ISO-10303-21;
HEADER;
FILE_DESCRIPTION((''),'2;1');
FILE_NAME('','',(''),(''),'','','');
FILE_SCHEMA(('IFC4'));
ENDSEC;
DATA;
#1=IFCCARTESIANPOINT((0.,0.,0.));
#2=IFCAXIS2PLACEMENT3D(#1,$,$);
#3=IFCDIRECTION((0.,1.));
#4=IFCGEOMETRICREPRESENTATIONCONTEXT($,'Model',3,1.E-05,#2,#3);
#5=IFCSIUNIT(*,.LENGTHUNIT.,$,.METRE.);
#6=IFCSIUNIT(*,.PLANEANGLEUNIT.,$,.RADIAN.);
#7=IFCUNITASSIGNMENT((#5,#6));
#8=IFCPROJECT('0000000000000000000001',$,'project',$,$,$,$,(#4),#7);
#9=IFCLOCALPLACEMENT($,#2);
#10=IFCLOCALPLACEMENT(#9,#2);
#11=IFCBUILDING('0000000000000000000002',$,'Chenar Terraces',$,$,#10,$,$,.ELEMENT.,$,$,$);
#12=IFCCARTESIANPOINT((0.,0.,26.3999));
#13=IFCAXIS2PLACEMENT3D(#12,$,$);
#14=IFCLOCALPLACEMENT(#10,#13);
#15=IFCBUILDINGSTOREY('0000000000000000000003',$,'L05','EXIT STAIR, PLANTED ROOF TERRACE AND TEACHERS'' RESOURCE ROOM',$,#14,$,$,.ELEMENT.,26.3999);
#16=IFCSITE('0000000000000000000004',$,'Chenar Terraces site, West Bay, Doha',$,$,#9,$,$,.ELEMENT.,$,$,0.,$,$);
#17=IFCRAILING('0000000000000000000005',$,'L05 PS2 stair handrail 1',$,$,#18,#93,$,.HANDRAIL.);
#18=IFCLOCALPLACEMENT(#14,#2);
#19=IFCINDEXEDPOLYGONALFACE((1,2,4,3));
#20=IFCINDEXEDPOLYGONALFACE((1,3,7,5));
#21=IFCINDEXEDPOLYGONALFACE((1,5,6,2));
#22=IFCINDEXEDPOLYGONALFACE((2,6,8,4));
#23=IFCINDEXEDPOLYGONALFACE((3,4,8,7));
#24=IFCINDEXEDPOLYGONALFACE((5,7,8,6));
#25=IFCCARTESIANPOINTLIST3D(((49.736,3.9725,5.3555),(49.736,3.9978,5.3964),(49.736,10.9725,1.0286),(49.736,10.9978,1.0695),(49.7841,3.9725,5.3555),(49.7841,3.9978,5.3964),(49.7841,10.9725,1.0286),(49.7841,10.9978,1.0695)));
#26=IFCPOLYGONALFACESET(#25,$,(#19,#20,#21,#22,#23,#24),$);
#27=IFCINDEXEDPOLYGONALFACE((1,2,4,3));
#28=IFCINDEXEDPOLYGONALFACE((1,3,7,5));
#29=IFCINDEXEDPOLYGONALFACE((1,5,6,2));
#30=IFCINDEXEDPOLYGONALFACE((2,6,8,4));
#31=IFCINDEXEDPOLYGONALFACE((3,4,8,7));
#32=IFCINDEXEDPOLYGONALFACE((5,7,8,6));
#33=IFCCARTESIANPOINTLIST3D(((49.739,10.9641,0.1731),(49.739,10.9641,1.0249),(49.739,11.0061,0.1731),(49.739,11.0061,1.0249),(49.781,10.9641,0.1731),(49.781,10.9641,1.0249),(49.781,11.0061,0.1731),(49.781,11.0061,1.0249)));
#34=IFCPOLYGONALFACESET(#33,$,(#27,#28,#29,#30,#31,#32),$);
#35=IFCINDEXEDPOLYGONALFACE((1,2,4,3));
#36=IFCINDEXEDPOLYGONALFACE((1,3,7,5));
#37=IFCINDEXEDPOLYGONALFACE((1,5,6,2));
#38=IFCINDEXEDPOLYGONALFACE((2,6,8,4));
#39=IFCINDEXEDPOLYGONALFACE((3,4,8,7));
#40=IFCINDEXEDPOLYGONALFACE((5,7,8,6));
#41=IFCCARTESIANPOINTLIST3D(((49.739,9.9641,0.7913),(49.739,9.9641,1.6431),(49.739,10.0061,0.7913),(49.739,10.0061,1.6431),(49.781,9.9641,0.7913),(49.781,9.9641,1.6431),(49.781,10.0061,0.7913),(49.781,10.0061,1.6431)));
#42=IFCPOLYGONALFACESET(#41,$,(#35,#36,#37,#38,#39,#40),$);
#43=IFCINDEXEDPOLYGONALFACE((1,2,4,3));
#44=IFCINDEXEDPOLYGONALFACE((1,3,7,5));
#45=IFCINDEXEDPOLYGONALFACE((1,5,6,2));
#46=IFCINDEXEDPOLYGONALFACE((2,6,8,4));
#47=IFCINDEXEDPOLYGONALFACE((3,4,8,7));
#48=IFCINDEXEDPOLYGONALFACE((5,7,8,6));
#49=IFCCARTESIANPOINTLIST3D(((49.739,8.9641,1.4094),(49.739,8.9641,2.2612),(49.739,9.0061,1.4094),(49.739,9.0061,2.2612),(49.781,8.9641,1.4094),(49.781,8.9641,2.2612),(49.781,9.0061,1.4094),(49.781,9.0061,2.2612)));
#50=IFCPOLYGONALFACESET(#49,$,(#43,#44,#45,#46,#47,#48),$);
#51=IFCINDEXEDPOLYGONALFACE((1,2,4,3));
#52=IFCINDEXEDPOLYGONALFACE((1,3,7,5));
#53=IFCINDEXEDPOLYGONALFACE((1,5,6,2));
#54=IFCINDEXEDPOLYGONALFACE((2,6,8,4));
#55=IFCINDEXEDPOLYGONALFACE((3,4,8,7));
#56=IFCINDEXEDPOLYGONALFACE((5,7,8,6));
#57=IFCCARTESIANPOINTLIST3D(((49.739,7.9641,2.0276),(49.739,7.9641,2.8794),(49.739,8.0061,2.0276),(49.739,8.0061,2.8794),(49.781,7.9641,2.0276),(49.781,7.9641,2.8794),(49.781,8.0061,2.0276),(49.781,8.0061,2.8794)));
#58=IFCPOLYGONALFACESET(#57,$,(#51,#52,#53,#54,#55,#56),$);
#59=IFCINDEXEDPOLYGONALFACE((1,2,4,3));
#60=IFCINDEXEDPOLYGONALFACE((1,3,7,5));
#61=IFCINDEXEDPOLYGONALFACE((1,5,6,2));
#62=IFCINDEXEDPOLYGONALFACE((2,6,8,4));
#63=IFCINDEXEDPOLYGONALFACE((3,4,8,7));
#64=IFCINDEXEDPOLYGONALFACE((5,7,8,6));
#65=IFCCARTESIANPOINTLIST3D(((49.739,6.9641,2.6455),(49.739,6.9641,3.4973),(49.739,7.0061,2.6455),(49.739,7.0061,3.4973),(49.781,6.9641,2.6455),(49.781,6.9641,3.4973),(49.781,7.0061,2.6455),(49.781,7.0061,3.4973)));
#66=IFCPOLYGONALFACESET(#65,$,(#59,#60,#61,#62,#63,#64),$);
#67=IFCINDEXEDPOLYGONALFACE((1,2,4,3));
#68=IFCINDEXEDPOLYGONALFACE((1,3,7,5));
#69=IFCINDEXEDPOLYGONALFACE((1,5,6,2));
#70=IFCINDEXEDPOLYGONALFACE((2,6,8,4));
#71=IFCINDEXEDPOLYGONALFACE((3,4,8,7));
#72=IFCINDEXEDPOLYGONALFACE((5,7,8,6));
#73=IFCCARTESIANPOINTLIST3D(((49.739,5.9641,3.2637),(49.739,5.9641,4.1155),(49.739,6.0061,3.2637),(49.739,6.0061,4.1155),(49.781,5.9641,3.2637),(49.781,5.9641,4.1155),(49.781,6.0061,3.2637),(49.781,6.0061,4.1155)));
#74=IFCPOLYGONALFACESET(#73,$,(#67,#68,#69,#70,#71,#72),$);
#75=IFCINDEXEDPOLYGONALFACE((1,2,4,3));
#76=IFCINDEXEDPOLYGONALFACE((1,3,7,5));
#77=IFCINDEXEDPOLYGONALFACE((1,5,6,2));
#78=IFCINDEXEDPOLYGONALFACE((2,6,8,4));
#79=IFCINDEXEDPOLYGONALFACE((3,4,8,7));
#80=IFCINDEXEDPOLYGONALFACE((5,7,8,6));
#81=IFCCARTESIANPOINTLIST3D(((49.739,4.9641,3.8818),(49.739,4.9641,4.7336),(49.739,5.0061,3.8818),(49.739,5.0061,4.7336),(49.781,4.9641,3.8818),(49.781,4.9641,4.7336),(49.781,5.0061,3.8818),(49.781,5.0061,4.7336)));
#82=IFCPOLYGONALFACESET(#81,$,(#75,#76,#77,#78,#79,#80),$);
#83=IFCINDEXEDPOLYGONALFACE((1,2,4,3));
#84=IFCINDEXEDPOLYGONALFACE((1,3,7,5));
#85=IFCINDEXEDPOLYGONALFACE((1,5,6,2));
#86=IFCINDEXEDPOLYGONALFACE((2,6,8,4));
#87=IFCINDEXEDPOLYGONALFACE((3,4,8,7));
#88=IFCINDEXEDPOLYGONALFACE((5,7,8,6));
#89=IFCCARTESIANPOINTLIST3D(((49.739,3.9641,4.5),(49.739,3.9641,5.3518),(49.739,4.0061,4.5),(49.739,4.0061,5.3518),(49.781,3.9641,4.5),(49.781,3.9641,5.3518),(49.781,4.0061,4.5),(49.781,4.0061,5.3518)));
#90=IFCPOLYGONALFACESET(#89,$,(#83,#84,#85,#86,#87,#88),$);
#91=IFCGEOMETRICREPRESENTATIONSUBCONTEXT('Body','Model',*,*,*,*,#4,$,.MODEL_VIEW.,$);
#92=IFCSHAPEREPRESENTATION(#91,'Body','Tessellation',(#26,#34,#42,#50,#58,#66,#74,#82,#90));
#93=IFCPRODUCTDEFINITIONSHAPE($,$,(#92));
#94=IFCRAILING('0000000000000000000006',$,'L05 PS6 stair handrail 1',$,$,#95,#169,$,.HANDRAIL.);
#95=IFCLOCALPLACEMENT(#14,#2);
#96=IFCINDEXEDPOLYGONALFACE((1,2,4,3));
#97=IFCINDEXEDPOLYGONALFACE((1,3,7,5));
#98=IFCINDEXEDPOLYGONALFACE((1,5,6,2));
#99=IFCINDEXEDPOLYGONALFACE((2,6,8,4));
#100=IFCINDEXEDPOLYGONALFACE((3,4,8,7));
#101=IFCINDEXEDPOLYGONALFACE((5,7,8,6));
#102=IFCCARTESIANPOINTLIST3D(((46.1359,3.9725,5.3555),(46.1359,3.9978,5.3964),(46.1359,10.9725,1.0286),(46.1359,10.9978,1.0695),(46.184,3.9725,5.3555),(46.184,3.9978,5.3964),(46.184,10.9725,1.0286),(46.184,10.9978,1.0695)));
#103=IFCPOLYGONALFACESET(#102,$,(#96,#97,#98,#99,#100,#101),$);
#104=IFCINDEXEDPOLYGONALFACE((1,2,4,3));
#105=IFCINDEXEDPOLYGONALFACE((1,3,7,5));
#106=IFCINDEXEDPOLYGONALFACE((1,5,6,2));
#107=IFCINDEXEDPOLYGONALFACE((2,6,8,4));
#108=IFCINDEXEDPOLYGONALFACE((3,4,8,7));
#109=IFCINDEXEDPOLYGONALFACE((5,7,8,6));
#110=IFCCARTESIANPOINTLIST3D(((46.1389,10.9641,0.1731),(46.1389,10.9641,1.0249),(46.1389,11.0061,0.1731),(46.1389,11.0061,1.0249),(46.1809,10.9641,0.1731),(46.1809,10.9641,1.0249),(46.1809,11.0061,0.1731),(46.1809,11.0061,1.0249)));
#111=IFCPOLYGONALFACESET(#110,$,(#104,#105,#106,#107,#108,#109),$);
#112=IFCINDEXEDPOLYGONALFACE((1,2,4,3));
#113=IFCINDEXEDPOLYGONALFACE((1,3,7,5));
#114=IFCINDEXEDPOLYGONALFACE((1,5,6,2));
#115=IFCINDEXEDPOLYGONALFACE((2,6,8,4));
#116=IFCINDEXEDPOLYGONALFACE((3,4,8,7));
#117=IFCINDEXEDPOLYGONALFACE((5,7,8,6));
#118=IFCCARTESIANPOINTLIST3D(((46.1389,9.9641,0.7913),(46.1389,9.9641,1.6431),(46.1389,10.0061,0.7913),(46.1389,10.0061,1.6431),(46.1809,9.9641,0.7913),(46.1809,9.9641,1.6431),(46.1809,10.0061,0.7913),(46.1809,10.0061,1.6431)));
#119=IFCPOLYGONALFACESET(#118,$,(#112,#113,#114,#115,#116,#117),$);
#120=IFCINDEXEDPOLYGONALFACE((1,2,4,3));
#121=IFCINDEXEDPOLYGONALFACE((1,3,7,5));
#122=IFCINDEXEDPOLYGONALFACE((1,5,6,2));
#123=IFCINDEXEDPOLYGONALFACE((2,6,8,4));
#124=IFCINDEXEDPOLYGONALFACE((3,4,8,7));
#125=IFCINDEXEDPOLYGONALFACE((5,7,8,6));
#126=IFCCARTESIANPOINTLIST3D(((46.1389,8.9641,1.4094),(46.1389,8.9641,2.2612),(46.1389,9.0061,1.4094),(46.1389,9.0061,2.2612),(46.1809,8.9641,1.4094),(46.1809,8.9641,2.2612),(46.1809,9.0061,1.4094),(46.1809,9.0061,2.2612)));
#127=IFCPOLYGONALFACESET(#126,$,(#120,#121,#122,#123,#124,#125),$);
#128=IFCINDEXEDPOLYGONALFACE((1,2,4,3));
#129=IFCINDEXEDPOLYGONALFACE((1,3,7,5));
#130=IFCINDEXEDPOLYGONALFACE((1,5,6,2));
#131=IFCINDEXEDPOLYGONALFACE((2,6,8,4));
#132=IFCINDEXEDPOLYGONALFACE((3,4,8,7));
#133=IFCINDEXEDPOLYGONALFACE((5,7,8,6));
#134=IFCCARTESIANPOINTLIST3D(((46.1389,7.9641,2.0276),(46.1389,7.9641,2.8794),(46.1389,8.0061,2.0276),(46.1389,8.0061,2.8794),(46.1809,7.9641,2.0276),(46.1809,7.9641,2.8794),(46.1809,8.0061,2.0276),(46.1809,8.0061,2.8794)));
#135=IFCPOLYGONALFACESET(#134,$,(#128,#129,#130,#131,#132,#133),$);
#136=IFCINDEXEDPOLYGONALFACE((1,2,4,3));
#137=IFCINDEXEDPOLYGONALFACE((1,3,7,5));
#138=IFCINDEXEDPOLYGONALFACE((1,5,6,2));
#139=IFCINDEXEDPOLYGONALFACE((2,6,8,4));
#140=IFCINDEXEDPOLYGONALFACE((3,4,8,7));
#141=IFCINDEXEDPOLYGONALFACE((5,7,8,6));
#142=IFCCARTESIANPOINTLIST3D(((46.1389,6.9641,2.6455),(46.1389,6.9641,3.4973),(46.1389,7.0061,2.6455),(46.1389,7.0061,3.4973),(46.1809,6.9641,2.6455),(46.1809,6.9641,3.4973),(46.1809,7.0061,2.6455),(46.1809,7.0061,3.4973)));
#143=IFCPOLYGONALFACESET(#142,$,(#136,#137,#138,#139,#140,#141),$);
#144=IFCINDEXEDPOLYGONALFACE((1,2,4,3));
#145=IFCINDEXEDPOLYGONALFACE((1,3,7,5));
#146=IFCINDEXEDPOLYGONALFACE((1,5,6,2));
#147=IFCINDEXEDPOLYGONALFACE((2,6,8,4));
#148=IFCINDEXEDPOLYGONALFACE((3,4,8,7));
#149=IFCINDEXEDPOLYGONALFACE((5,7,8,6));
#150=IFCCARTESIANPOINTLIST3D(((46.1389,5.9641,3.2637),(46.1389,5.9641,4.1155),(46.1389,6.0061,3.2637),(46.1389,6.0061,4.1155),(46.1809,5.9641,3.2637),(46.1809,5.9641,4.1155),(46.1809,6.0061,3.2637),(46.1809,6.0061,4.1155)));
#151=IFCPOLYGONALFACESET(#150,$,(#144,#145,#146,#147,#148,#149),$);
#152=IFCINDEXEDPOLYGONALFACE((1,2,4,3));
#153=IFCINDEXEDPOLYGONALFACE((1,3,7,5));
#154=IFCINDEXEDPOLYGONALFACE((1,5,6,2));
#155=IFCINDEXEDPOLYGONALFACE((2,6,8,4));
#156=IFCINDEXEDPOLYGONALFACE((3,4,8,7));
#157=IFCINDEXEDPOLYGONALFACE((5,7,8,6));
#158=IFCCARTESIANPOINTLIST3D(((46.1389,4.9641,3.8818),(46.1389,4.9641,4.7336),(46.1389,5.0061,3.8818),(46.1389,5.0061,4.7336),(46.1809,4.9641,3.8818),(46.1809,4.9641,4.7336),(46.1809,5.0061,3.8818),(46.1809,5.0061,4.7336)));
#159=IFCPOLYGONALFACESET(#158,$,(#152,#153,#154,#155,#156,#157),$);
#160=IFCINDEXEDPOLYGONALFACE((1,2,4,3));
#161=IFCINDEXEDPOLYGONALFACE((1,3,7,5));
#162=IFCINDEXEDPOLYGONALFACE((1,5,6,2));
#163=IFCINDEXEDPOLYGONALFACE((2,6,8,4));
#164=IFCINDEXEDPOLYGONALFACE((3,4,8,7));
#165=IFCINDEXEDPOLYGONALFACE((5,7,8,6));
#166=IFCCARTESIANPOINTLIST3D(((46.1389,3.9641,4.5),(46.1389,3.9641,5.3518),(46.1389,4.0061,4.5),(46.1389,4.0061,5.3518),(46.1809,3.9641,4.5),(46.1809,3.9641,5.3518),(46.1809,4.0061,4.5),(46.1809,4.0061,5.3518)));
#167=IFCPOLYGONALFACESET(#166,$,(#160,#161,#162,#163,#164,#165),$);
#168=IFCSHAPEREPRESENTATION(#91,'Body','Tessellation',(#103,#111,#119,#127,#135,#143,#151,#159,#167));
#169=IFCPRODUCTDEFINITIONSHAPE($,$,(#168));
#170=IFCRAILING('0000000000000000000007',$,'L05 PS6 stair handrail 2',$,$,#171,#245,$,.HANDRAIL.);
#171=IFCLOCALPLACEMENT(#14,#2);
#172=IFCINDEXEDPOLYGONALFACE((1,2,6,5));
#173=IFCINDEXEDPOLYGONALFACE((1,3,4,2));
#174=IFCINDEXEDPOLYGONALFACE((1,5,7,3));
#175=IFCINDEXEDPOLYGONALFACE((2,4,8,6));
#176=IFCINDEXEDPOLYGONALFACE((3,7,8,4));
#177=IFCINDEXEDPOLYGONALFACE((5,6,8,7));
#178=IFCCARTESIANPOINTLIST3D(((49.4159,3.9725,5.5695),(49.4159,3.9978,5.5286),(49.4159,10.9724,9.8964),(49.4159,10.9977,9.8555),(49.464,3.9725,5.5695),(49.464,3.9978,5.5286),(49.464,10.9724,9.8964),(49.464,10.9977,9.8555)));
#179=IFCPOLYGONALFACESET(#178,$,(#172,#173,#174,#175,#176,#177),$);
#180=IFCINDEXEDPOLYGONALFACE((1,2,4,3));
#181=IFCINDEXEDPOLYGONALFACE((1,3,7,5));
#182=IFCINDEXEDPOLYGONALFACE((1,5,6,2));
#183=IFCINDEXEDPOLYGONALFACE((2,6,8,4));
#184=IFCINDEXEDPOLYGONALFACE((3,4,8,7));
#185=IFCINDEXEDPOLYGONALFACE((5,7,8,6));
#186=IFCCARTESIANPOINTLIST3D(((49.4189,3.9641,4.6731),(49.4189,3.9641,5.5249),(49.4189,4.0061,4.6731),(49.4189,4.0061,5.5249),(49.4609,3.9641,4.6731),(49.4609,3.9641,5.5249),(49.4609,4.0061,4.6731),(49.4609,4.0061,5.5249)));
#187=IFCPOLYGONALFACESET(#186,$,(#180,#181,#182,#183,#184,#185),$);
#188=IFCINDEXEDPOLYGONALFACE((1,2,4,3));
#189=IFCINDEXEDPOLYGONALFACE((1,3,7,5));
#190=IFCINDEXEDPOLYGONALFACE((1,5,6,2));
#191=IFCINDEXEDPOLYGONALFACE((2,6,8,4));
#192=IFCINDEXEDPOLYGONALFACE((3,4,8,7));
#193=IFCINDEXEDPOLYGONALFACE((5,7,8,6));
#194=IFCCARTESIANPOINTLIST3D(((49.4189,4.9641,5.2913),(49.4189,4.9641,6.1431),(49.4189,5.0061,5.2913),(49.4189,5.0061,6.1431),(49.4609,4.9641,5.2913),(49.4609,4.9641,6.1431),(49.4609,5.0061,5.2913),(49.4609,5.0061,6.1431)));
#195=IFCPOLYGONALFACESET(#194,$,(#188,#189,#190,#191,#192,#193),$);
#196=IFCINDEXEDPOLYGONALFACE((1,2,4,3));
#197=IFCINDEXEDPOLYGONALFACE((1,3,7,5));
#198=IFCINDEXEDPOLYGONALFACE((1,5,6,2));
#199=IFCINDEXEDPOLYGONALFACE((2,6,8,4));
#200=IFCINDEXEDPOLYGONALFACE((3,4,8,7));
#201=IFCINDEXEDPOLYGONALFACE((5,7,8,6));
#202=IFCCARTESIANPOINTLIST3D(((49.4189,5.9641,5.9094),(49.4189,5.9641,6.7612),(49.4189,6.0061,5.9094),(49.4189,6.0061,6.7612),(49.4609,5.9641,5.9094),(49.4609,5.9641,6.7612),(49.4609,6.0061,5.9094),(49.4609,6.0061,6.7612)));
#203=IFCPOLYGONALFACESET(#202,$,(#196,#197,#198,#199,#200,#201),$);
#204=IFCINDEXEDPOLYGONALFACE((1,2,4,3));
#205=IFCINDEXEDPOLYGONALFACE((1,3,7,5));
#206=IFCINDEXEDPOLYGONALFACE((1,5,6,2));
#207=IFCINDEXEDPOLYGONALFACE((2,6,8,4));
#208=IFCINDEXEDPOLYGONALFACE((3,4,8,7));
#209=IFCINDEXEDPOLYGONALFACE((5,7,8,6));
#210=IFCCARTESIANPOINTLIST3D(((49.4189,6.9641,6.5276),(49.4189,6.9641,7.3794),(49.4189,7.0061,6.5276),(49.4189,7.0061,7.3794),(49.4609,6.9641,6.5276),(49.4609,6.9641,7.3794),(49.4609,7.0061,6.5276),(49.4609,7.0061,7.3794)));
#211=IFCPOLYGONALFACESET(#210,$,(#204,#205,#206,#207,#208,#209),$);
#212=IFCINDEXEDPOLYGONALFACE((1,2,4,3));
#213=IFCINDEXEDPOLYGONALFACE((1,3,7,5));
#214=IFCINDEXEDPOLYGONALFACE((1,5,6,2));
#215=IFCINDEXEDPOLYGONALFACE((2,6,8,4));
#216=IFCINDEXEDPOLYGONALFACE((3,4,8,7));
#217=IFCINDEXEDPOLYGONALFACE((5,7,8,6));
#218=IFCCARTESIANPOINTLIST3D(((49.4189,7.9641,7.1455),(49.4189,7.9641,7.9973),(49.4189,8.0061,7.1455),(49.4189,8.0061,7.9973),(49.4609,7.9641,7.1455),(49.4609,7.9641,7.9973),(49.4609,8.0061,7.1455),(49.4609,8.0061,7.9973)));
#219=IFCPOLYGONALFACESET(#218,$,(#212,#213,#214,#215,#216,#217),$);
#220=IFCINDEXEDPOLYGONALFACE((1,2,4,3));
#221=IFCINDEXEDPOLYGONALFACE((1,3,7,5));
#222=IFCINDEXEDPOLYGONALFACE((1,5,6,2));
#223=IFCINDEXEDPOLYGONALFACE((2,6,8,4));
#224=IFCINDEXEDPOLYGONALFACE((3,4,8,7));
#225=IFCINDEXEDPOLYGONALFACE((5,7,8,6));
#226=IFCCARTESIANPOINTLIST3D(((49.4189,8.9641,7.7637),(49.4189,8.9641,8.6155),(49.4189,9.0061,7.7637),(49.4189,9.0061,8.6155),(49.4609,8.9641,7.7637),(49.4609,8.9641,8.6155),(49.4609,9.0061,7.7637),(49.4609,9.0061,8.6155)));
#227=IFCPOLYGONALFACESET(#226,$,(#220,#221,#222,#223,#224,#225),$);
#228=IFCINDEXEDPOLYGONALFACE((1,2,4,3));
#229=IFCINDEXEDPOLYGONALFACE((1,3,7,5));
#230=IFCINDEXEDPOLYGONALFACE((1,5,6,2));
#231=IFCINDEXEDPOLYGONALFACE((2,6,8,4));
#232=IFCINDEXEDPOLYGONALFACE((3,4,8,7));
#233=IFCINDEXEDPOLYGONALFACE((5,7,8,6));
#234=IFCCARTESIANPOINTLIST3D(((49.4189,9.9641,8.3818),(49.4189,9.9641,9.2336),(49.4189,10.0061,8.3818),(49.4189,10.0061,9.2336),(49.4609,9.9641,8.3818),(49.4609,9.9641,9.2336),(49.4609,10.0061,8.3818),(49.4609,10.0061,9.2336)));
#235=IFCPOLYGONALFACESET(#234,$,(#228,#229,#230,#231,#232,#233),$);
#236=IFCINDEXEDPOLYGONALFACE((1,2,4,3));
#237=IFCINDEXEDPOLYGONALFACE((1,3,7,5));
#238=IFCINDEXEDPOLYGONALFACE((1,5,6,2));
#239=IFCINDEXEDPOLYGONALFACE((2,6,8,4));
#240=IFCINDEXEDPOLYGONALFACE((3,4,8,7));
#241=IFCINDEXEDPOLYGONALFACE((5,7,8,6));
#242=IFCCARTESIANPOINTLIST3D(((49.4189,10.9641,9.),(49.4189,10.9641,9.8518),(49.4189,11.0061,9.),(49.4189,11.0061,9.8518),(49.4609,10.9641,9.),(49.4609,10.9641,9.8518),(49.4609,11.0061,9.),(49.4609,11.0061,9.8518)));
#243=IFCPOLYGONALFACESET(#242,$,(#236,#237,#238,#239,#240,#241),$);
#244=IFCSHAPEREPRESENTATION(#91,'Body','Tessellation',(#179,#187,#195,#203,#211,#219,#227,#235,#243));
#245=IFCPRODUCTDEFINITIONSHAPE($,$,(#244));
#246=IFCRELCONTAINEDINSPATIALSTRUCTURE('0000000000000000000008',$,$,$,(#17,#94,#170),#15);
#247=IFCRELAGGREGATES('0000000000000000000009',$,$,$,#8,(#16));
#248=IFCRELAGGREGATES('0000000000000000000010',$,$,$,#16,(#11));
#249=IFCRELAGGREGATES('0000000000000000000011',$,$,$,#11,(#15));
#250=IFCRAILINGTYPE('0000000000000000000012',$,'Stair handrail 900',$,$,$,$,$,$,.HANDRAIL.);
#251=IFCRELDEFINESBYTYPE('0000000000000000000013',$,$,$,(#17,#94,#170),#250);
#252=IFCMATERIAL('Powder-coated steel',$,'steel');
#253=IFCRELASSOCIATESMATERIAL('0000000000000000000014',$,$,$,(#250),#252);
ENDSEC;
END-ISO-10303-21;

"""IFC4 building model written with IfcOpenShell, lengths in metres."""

from ifc_helpers import new_model, si_unit, direction, frame, origin, origin_2d, place, context, subcontext, project, spatial, rectangle, extrude, material, type_object, element, save


model = new_model("IFC4")

# Units and contexts
model_context = context("Model", 3, precision=1e-05, world=origin(), true_north=direction((0.0, 1.0)))
body_context = subcontext(model_context, "Body", "Model", "MODEL_VIEW")
ifc_project = project(units=[si_unit("LENGTHUNIT", "METRE"), si_unit("PLANEANGLEUNIT", "RADIAN")], contexts=[model_context])

# Site, building, storey
site_placement = place(None, origin())
site = spatial("IfcSite", under=ifc_project, at=site_placement, Name="Chenar Terraces site, West Bay, Doha", CompositionType="ELEMENT", RefElevation=0.0)
building_placement = place(site_placement, origin())
building = spatial("IfcBuilding", under=site, at=building_placement, Name="Chenar Terraces", CompositionType="ELEMENT")
storey_placement = place(building_placement, frame((0.0, 0.0, 26.3999)))
storey = spatial("IfcBuildingStorey", under=building, at=storey_placement, Name="L05", Description="EXIT STAIR, PLANTED ROOF TERRACE AND TEACHERS' RESOURCE ROOM", CompositionType="ELEMENT", Elevation=26.3999)

# Railings
ifc_material_1 = material(Name="Powder-coated steel", Category="steel")
railing_type_1 = type_object("IfcRailingType", Name="Stair handrail 900", PredefinedType="HANDRAIL", material=ifc_material_1)
for number, where, name in (
    (1, (49.76, 10.9851, 0.1731), "L05 PS2 stair handrail 1"),
    (2, (46.1599, 10.9851, 0.1731), "L05 PS6 stair handrail 1"),
):
    element("IfcRailing", number, at=place(storey_placement, frame(where)), inside=storey, type_object=railing_type_1, Name=name, PredefinedType="HANDRAIL", context=body_context, shape_type="SweptSolid", body=[
        extrude(rectangle(XDim=0.0481, YDim=0.0481, at=origin_2d()), frame((0.0, 0.0, 0.876), z_axis=(0.0, -0.850615, 0.52579), x_axis=(1.0, 0.0, 0.0)), (0.0, 0.0, 1.0), 8.2292),
        extrude(rectangle(XDim=0.042, YDim=0.042, at=origin_2d()), origin(), (0.0, 0.0, 1.0), 0.8518),
        extrude(rectangle(XDim=0.042, YDim=0.042, at=origin_2d()), frame((0.0, -1.0, 0.6182)), (0.0, 0.0, 1.0), 0.8518),
        extrude(rectangle(XDim=0.042, YDim=0.042, at=origin_2d()), frame((0.0, -2.0, 1.2363)), (0.0, 0.0, 1.0), 0.8518),
        extrude(rectangle(XDim=0.042, YDim=0.042, at=origin_2d()), frame((0.0, -3.0, 1.8545)), (0.0, 0.0, 1.0), 0.8518),
        extrude(rectangle(XDim=0.042, YDim=0.042, at=origin_2d()), frame((0.0, -4.0, 2.4724)), (0.0, 0.0, 1.0), 0.8518),
        extrude(rectangle(XDim=0.042, YDim=0.042, at=origin_2d()), frame((0.0, -5.0, 3.0906)), (0.0, 0.0, 1.0), 0.8518),
        extrude(rectangle(XDim=0.042, YDim=0.042, at=origin_2d()), frame((0.0, -6.0, 3.7087)), (0.0, 0.0, 1.0), 0.8518),
        extrude(rectangle(XDim=0.042, YDim=0.042, at=origin_2d()), frame((0.0, -7.0, 4.3269)), (0.0, 0.0, 1.0), 0.8518),
    ])
railing_1_placement = place(storey_placement, frame((49.4399, 3.9851, 4.6731)))
element("IfcRailing", 3, at=railing_1_placement, inside=storey, type_object=railing_type_1, Name="L05 PS6 stair handrail 2", PredefinedType="HANDRAIL", context=body_context, shape_type="SweptSolid", body=[
    extrude(rectangle(XDim=0.0481, YDim=0.0481, at=origin_2d()), frame((0.0, 0.0, 0.876), z_axis=(0.0, 0.850615, 0.52579), x_axis=(-1.0, 0.0, 0.0)), (0.0, 0.0, 1.0), 8.2292),
    extrude(rectangle(XDim=0.042, YDim=0.042, at=origin_2d()), origin(), (0.0, 0.0, 1.0), 0.8518),
    extrude(rectangle(XDim=0.042, YDim=0.042, at=origin_2d()), frame((0.0, 1.0, 0.6182)), (0.0, 0.0, 1.0), 0.8518),
    extrude(rectangle(XDim=0.042, YDim=0.042, at=origin_2d()), frame((0.0, 2.0, 1.2363)), (0.0, 0.0, 1.0), 0.8518),
    extrude(rectangle(XDim=0.042, YDim=0.042, at=origin_2d()), frame((0.0, 3.0, 1.8545)), (0.0, 0.0, 1.0), 0.8518),
    extrude(rectangle(XDim=0.042, YDim=0.042, at=origin_2d()), frame((0.0, 4.0, 2.4724)), (0.0, 0.0, 1.0), 0.8518),
    extrude(rectangle(XDim=0.042, YDim=0.042, at=origin_2d()), frame((0.0, 5.0, 3.0906)), (0.0, 0.0, 1.0), 0.8518),
    extrude(rectangle(XDim=0.042, YDim=0.042, at=origin_2d()), frame((0.0, 6.0, 3.7087)), (0.0, 0.0, 1.0), 0.8518),
    extrude(rectangle(XDim=0.042, YDim=0.042, at=origin_2d()), frame((0.0, 7.0, 4.3269)), (0.0, 0.0, 1.0), 0.8518),
])

save(model, "model.ifc")
